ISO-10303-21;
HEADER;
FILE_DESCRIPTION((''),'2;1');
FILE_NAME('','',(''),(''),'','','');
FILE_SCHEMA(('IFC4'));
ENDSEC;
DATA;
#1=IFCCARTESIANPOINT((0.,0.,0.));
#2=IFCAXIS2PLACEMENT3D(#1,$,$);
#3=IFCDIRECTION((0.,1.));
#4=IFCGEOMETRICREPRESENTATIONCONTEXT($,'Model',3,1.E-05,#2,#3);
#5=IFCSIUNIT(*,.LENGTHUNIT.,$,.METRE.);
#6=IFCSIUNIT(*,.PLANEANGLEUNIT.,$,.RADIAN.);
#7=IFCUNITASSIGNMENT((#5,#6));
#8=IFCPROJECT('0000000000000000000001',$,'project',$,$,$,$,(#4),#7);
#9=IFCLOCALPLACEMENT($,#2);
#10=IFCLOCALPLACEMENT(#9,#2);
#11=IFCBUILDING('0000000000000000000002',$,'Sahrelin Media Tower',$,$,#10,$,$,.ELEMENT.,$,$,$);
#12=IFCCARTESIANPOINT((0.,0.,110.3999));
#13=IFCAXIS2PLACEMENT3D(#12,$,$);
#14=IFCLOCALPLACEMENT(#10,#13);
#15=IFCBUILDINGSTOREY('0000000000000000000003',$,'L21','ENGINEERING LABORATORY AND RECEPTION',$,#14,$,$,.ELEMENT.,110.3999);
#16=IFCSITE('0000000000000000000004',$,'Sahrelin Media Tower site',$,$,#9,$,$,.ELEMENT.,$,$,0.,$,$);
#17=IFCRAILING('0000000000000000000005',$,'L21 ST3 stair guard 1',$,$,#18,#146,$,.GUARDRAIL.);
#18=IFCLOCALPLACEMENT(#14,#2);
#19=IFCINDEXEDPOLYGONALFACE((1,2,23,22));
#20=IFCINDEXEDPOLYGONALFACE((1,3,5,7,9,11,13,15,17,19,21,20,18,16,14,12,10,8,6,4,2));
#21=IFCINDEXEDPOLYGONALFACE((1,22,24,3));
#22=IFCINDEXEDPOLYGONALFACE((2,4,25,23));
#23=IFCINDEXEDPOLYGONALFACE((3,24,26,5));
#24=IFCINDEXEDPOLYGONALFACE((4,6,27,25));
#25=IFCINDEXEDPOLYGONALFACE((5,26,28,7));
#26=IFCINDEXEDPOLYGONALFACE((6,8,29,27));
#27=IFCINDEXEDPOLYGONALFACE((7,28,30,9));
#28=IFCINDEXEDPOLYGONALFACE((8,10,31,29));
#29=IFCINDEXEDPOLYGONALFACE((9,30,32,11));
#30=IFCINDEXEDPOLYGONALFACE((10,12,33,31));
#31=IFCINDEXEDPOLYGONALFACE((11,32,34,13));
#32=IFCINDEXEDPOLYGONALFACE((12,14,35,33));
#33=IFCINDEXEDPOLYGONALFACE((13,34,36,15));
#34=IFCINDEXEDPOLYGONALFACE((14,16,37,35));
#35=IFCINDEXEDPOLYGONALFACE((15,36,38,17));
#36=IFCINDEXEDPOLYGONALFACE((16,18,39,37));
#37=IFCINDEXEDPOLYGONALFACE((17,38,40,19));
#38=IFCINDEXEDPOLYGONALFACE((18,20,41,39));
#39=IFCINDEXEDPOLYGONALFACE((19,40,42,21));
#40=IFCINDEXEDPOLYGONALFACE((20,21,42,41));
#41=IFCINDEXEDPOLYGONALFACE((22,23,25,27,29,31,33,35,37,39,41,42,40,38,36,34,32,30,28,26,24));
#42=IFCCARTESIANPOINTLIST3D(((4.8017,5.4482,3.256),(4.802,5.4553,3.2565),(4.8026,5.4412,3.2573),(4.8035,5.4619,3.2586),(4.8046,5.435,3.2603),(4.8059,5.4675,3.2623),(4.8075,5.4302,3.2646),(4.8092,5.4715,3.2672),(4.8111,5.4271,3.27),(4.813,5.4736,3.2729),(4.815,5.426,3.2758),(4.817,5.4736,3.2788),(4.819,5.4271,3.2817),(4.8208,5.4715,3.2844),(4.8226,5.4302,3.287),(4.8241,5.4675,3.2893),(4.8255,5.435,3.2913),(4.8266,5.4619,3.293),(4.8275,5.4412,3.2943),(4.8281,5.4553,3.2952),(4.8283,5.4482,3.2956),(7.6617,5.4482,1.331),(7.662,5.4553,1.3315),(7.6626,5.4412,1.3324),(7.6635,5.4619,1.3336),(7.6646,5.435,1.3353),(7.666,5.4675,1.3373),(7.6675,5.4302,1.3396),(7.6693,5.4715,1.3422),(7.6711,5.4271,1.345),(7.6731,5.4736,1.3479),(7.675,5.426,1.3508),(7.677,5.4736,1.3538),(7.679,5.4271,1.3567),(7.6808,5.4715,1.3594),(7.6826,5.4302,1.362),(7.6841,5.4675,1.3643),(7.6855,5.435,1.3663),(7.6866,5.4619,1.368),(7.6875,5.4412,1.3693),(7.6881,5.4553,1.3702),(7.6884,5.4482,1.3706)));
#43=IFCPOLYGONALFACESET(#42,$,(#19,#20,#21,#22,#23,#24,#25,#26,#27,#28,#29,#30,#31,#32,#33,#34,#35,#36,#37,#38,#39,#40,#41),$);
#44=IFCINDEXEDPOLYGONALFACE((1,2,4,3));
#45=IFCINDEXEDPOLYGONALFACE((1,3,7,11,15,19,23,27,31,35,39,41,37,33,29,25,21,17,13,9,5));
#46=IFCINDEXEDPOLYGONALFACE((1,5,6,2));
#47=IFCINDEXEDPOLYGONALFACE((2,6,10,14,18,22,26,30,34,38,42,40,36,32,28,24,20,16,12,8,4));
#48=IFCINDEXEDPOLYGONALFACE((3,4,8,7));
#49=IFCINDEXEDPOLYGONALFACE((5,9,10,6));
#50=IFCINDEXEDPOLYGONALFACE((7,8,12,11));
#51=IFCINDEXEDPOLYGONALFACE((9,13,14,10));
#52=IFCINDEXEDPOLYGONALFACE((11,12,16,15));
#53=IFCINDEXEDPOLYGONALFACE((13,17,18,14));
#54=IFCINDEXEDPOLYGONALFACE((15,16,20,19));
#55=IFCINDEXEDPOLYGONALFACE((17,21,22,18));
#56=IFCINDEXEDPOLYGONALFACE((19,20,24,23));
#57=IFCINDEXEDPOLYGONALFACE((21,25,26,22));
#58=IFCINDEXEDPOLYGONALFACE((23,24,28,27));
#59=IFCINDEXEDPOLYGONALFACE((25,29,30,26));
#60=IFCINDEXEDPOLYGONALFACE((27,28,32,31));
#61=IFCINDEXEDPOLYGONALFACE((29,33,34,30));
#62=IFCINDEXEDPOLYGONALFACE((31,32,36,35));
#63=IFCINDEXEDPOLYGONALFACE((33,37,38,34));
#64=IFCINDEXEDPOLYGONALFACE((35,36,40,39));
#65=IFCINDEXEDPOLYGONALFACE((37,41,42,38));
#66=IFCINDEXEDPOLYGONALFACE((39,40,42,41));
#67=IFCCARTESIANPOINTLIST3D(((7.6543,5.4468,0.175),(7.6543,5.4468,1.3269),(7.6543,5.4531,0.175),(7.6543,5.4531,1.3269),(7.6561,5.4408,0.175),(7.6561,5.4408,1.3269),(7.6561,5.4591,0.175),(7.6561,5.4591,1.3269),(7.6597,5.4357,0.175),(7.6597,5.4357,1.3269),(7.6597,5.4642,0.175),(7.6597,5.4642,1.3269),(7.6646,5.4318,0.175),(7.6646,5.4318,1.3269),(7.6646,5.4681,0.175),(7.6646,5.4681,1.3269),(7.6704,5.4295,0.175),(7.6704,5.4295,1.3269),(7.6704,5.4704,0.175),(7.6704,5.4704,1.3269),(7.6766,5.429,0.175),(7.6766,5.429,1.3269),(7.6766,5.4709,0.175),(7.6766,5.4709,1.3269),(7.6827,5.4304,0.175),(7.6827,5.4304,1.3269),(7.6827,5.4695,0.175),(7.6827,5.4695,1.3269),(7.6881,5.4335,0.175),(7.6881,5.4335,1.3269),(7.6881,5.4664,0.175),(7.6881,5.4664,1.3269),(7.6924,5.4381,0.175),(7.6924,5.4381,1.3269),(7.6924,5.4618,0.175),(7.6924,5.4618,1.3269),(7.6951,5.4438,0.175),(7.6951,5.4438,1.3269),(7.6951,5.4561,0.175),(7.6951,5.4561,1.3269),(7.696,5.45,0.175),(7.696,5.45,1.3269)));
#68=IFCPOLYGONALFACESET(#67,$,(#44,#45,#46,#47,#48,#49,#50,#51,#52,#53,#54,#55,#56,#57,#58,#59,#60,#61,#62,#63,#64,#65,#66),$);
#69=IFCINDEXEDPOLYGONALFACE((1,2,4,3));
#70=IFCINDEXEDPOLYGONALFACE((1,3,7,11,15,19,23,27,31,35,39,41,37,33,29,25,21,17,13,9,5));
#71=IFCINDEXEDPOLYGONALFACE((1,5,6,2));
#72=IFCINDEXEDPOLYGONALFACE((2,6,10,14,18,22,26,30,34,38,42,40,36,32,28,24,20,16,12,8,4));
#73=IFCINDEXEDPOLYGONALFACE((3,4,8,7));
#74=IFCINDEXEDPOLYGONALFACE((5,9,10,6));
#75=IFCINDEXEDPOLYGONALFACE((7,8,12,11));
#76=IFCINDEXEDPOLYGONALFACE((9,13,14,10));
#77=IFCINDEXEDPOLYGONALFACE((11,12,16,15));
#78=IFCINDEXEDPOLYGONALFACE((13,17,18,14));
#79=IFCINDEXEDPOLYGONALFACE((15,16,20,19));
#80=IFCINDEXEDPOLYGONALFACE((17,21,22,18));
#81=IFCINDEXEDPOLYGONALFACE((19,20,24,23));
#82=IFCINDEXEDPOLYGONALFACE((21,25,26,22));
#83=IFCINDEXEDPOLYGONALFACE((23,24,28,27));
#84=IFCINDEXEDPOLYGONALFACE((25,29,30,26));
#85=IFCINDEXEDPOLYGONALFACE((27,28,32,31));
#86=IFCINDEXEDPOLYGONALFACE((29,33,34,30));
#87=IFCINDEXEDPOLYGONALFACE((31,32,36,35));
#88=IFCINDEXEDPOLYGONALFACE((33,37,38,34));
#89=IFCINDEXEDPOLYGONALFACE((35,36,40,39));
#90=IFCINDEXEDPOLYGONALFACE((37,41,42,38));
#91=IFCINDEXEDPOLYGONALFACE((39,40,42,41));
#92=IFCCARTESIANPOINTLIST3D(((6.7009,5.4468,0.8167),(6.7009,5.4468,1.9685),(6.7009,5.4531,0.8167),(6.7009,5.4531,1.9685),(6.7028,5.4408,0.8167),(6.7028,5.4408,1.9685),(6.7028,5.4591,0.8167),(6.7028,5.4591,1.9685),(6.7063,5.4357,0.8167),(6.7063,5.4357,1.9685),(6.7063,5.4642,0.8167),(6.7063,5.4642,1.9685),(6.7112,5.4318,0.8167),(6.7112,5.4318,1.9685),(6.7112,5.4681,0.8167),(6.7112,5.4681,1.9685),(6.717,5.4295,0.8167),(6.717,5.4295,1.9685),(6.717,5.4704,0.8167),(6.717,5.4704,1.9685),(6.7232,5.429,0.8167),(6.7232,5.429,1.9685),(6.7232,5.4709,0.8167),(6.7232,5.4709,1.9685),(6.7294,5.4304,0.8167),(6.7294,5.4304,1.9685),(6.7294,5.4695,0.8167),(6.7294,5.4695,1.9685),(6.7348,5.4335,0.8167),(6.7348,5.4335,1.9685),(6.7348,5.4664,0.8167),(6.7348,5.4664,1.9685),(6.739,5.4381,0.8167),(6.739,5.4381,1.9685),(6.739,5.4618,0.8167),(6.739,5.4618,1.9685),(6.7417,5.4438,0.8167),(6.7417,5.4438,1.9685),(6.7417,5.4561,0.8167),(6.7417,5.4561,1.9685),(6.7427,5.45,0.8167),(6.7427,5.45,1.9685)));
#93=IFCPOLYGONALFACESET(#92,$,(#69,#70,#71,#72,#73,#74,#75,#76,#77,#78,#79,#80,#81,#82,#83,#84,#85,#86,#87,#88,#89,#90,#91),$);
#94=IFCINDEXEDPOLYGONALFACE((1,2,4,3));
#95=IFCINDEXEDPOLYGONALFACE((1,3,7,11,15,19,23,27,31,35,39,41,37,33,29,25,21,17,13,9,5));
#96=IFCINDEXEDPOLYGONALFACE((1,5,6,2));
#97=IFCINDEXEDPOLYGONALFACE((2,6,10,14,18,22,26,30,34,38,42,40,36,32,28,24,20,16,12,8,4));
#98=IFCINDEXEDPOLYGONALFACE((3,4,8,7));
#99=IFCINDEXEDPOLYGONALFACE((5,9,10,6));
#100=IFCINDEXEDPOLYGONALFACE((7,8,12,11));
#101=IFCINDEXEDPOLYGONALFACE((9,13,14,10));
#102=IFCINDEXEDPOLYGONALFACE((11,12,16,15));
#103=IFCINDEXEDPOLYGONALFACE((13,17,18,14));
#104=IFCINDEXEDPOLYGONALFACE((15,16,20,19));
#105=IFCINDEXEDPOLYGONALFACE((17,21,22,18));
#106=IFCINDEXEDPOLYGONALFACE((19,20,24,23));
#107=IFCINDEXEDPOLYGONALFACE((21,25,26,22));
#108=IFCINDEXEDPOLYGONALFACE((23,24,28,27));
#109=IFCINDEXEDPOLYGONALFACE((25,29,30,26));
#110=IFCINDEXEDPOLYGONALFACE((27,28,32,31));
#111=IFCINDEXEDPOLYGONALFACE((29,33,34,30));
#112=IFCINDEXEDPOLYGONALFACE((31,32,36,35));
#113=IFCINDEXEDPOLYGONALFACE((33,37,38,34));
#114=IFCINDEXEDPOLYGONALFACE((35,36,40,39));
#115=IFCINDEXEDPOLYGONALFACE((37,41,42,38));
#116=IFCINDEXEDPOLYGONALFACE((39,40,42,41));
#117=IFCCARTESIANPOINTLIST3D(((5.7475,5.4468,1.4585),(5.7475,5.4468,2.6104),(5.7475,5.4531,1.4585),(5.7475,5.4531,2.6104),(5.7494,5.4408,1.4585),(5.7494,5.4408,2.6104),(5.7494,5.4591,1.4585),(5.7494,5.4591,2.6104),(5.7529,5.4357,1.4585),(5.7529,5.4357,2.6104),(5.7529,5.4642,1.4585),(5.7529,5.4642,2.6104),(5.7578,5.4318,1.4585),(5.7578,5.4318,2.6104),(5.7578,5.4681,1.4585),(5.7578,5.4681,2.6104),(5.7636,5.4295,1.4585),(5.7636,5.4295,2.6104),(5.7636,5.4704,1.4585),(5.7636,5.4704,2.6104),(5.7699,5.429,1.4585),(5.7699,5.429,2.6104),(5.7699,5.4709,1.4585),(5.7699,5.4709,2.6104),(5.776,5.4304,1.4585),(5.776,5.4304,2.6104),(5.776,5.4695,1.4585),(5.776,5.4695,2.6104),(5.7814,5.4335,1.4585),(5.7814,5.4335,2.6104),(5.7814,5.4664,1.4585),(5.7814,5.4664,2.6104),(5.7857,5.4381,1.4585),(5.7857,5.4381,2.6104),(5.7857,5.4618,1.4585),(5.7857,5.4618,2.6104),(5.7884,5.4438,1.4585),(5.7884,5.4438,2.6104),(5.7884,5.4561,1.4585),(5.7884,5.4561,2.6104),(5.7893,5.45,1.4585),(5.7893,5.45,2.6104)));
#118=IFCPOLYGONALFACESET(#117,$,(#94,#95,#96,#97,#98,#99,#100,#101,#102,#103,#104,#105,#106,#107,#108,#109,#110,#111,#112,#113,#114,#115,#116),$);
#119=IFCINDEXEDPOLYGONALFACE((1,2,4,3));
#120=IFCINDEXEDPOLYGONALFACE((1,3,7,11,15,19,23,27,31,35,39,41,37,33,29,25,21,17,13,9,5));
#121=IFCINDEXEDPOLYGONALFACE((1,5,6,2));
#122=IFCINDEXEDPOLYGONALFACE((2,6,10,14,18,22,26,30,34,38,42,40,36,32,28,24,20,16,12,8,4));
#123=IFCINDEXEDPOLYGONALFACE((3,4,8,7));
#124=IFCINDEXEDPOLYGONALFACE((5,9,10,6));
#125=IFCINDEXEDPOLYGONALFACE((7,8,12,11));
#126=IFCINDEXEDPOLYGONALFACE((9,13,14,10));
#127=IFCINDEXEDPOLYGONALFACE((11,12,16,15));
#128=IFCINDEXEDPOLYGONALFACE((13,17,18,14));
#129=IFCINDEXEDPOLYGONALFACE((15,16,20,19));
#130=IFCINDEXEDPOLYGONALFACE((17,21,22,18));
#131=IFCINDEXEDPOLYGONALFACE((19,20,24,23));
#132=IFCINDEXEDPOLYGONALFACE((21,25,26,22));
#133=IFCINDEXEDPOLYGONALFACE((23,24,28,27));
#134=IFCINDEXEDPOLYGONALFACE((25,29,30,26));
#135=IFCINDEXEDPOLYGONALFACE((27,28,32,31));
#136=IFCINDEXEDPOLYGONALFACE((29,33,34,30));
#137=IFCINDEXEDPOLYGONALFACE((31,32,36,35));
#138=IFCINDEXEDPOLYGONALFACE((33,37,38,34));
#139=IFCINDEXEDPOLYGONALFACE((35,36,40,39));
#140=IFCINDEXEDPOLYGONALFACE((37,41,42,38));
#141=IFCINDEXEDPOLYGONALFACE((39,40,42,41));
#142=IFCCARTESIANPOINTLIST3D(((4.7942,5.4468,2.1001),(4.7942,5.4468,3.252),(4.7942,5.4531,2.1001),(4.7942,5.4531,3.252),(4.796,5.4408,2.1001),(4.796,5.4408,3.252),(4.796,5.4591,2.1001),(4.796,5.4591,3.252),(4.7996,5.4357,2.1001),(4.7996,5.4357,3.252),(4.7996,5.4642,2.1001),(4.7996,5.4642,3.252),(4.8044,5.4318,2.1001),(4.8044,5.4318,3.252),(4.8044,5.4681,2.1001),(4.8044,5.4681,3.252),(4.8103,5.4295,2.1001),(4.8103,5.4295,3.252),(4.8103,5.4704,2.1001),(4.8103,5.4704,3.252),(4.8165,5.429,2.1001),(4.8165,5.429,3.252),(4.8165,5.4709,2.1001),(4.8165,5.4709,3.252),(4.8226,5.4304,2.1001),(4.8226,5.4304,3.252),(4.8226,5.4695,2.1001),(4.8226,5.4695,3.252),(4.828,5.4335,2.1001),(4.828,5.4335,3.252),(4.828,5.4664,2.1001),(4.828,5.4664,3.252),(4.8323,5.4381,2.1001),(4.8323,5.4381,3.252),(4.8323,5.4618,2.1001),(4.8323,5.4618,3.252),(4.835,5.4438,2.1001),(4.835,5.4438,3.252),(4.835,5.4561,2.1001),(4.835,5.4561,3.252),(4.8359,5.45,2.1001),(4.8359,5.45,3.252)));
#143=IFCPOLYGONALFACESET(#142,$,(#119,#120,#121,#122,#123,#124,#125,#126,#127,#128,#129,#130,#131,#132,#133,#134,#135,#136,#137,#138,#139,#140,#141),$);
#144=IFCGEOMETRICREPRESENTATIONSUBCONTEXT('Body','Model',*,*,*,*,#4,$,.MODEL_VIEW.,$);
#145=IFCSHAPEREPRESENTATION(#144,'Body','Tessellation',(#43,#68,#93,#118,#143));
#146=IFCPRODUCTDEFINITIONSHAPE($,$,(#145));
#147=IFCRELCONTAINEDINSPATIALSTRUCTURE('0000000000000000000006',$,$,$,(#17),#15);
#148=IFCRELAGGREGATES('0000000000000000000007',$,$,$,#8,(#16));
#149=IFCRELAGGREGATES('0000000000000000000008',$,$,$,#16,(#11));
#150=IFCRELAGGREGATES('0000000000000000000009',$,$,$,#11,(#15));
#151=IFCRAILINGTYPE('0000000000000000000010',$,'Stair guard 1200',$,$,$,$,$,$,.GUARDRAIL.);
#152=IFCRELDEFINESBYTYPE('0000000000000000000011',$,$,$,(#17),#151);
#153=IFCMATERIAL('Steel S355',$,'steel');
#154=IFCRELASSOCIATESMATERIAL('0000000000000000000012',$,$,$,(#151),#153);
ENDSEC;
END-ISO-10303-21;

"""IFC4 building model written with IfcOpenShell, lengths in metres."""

from ifc_helpers import new_model, si_unit, direction, frame, origin, origin_2d, place, context, subcontext, project, spatial, circle, extrude, material, type_object, element, save


model = new_model("IFC4")

# Units and contexts
model_context = context("Model", 3, precision=1e-05, world=origin(), true_north=direction((0.0, 1.0)))
body_context = subcontext(model_context, "Body", "Model", "MODEL_VIEW")
ifc_project = project(units=[si_unit("LENGTHUNIT", "METRE"), si_unit("PLANEANGLEUNIT", "RADIAN")], contexts=[model_context])

# Site, building, storey
site_placement = place(None, origin())
site = spatial("IfcSite", under=ifc_project, at=site_placement, Name="Sahrelin Media Tower site", CompositionType="ELEMENT", RefElevation=0.0)
building_placement = place(site_placement, origin())
building = spatial("IfcBuilding", under=site, at=building_placement, Name="Sahrelin Media Tower", CompositionType="ELEMENT")
storey_placement = place(building_placement, frame((0.0, 0.0, 110.3999)))
storey = spatial("IfcBuildingStorey", under=building, at=storey_placement, Name="L21", Description="ENGINEERING LABORATORY AND RECEPTION", CompositionType="ELEMENT", Elevation=110.3999)

# Shared definitions
ifc_material_1 = material(Name="Steel S355", Category="steel")

# Railing
railing_type_1 = type_object("IfcRailingType", Name="Stair guard 1200", PredefinedType="GUARDRAIL", material=ifc_material_1)
railing_1_placement = place(storey_placement, frame((7.675, 5.45, 0.175)))
element("IfcRailing", 1, at=railing_1_placement, inside=storey, type_object=railing_type_1, Name="L21 ST3 stair guard 1", PredefinedType="GUARDRAIL", context=body_context, shape_type="SweptSolid", body=[
    extrude(circle(Radius=0.0239, at=origin_2d()), frame((0.0, 0.0, 1.1758), z_axis=(-0.829591, 0.0, 0.558372), x_axis=(0.0, -1.0, 0.0)), (0.0, 0.0, 1.0), 3.4475),
    extrude(circle(Radius=0.021, at=origin_2d()), origin(), (0.0, 0.0, 1.0), 1.1519),
    extrude(circle(Radius=0.021, at=origin_2d()), frame((-0.9534, 0.0, 0.6416)), (0.0, 0.0, 1.0), 1.1519),
    extrude(circle(Radius=0.021, at=origin_2d()), frame((-1.9067, 0.0, 1.2834)), (0.0, 0.0, 1.0), 1.1519),
    extrude(circle(Radius=0.021, at=origin_2d()), frame((-2.8601, 0.0, 1.925)), (0.0, 0.0, 1.0), 1.1519),
])

save(model, "model.ifc")
